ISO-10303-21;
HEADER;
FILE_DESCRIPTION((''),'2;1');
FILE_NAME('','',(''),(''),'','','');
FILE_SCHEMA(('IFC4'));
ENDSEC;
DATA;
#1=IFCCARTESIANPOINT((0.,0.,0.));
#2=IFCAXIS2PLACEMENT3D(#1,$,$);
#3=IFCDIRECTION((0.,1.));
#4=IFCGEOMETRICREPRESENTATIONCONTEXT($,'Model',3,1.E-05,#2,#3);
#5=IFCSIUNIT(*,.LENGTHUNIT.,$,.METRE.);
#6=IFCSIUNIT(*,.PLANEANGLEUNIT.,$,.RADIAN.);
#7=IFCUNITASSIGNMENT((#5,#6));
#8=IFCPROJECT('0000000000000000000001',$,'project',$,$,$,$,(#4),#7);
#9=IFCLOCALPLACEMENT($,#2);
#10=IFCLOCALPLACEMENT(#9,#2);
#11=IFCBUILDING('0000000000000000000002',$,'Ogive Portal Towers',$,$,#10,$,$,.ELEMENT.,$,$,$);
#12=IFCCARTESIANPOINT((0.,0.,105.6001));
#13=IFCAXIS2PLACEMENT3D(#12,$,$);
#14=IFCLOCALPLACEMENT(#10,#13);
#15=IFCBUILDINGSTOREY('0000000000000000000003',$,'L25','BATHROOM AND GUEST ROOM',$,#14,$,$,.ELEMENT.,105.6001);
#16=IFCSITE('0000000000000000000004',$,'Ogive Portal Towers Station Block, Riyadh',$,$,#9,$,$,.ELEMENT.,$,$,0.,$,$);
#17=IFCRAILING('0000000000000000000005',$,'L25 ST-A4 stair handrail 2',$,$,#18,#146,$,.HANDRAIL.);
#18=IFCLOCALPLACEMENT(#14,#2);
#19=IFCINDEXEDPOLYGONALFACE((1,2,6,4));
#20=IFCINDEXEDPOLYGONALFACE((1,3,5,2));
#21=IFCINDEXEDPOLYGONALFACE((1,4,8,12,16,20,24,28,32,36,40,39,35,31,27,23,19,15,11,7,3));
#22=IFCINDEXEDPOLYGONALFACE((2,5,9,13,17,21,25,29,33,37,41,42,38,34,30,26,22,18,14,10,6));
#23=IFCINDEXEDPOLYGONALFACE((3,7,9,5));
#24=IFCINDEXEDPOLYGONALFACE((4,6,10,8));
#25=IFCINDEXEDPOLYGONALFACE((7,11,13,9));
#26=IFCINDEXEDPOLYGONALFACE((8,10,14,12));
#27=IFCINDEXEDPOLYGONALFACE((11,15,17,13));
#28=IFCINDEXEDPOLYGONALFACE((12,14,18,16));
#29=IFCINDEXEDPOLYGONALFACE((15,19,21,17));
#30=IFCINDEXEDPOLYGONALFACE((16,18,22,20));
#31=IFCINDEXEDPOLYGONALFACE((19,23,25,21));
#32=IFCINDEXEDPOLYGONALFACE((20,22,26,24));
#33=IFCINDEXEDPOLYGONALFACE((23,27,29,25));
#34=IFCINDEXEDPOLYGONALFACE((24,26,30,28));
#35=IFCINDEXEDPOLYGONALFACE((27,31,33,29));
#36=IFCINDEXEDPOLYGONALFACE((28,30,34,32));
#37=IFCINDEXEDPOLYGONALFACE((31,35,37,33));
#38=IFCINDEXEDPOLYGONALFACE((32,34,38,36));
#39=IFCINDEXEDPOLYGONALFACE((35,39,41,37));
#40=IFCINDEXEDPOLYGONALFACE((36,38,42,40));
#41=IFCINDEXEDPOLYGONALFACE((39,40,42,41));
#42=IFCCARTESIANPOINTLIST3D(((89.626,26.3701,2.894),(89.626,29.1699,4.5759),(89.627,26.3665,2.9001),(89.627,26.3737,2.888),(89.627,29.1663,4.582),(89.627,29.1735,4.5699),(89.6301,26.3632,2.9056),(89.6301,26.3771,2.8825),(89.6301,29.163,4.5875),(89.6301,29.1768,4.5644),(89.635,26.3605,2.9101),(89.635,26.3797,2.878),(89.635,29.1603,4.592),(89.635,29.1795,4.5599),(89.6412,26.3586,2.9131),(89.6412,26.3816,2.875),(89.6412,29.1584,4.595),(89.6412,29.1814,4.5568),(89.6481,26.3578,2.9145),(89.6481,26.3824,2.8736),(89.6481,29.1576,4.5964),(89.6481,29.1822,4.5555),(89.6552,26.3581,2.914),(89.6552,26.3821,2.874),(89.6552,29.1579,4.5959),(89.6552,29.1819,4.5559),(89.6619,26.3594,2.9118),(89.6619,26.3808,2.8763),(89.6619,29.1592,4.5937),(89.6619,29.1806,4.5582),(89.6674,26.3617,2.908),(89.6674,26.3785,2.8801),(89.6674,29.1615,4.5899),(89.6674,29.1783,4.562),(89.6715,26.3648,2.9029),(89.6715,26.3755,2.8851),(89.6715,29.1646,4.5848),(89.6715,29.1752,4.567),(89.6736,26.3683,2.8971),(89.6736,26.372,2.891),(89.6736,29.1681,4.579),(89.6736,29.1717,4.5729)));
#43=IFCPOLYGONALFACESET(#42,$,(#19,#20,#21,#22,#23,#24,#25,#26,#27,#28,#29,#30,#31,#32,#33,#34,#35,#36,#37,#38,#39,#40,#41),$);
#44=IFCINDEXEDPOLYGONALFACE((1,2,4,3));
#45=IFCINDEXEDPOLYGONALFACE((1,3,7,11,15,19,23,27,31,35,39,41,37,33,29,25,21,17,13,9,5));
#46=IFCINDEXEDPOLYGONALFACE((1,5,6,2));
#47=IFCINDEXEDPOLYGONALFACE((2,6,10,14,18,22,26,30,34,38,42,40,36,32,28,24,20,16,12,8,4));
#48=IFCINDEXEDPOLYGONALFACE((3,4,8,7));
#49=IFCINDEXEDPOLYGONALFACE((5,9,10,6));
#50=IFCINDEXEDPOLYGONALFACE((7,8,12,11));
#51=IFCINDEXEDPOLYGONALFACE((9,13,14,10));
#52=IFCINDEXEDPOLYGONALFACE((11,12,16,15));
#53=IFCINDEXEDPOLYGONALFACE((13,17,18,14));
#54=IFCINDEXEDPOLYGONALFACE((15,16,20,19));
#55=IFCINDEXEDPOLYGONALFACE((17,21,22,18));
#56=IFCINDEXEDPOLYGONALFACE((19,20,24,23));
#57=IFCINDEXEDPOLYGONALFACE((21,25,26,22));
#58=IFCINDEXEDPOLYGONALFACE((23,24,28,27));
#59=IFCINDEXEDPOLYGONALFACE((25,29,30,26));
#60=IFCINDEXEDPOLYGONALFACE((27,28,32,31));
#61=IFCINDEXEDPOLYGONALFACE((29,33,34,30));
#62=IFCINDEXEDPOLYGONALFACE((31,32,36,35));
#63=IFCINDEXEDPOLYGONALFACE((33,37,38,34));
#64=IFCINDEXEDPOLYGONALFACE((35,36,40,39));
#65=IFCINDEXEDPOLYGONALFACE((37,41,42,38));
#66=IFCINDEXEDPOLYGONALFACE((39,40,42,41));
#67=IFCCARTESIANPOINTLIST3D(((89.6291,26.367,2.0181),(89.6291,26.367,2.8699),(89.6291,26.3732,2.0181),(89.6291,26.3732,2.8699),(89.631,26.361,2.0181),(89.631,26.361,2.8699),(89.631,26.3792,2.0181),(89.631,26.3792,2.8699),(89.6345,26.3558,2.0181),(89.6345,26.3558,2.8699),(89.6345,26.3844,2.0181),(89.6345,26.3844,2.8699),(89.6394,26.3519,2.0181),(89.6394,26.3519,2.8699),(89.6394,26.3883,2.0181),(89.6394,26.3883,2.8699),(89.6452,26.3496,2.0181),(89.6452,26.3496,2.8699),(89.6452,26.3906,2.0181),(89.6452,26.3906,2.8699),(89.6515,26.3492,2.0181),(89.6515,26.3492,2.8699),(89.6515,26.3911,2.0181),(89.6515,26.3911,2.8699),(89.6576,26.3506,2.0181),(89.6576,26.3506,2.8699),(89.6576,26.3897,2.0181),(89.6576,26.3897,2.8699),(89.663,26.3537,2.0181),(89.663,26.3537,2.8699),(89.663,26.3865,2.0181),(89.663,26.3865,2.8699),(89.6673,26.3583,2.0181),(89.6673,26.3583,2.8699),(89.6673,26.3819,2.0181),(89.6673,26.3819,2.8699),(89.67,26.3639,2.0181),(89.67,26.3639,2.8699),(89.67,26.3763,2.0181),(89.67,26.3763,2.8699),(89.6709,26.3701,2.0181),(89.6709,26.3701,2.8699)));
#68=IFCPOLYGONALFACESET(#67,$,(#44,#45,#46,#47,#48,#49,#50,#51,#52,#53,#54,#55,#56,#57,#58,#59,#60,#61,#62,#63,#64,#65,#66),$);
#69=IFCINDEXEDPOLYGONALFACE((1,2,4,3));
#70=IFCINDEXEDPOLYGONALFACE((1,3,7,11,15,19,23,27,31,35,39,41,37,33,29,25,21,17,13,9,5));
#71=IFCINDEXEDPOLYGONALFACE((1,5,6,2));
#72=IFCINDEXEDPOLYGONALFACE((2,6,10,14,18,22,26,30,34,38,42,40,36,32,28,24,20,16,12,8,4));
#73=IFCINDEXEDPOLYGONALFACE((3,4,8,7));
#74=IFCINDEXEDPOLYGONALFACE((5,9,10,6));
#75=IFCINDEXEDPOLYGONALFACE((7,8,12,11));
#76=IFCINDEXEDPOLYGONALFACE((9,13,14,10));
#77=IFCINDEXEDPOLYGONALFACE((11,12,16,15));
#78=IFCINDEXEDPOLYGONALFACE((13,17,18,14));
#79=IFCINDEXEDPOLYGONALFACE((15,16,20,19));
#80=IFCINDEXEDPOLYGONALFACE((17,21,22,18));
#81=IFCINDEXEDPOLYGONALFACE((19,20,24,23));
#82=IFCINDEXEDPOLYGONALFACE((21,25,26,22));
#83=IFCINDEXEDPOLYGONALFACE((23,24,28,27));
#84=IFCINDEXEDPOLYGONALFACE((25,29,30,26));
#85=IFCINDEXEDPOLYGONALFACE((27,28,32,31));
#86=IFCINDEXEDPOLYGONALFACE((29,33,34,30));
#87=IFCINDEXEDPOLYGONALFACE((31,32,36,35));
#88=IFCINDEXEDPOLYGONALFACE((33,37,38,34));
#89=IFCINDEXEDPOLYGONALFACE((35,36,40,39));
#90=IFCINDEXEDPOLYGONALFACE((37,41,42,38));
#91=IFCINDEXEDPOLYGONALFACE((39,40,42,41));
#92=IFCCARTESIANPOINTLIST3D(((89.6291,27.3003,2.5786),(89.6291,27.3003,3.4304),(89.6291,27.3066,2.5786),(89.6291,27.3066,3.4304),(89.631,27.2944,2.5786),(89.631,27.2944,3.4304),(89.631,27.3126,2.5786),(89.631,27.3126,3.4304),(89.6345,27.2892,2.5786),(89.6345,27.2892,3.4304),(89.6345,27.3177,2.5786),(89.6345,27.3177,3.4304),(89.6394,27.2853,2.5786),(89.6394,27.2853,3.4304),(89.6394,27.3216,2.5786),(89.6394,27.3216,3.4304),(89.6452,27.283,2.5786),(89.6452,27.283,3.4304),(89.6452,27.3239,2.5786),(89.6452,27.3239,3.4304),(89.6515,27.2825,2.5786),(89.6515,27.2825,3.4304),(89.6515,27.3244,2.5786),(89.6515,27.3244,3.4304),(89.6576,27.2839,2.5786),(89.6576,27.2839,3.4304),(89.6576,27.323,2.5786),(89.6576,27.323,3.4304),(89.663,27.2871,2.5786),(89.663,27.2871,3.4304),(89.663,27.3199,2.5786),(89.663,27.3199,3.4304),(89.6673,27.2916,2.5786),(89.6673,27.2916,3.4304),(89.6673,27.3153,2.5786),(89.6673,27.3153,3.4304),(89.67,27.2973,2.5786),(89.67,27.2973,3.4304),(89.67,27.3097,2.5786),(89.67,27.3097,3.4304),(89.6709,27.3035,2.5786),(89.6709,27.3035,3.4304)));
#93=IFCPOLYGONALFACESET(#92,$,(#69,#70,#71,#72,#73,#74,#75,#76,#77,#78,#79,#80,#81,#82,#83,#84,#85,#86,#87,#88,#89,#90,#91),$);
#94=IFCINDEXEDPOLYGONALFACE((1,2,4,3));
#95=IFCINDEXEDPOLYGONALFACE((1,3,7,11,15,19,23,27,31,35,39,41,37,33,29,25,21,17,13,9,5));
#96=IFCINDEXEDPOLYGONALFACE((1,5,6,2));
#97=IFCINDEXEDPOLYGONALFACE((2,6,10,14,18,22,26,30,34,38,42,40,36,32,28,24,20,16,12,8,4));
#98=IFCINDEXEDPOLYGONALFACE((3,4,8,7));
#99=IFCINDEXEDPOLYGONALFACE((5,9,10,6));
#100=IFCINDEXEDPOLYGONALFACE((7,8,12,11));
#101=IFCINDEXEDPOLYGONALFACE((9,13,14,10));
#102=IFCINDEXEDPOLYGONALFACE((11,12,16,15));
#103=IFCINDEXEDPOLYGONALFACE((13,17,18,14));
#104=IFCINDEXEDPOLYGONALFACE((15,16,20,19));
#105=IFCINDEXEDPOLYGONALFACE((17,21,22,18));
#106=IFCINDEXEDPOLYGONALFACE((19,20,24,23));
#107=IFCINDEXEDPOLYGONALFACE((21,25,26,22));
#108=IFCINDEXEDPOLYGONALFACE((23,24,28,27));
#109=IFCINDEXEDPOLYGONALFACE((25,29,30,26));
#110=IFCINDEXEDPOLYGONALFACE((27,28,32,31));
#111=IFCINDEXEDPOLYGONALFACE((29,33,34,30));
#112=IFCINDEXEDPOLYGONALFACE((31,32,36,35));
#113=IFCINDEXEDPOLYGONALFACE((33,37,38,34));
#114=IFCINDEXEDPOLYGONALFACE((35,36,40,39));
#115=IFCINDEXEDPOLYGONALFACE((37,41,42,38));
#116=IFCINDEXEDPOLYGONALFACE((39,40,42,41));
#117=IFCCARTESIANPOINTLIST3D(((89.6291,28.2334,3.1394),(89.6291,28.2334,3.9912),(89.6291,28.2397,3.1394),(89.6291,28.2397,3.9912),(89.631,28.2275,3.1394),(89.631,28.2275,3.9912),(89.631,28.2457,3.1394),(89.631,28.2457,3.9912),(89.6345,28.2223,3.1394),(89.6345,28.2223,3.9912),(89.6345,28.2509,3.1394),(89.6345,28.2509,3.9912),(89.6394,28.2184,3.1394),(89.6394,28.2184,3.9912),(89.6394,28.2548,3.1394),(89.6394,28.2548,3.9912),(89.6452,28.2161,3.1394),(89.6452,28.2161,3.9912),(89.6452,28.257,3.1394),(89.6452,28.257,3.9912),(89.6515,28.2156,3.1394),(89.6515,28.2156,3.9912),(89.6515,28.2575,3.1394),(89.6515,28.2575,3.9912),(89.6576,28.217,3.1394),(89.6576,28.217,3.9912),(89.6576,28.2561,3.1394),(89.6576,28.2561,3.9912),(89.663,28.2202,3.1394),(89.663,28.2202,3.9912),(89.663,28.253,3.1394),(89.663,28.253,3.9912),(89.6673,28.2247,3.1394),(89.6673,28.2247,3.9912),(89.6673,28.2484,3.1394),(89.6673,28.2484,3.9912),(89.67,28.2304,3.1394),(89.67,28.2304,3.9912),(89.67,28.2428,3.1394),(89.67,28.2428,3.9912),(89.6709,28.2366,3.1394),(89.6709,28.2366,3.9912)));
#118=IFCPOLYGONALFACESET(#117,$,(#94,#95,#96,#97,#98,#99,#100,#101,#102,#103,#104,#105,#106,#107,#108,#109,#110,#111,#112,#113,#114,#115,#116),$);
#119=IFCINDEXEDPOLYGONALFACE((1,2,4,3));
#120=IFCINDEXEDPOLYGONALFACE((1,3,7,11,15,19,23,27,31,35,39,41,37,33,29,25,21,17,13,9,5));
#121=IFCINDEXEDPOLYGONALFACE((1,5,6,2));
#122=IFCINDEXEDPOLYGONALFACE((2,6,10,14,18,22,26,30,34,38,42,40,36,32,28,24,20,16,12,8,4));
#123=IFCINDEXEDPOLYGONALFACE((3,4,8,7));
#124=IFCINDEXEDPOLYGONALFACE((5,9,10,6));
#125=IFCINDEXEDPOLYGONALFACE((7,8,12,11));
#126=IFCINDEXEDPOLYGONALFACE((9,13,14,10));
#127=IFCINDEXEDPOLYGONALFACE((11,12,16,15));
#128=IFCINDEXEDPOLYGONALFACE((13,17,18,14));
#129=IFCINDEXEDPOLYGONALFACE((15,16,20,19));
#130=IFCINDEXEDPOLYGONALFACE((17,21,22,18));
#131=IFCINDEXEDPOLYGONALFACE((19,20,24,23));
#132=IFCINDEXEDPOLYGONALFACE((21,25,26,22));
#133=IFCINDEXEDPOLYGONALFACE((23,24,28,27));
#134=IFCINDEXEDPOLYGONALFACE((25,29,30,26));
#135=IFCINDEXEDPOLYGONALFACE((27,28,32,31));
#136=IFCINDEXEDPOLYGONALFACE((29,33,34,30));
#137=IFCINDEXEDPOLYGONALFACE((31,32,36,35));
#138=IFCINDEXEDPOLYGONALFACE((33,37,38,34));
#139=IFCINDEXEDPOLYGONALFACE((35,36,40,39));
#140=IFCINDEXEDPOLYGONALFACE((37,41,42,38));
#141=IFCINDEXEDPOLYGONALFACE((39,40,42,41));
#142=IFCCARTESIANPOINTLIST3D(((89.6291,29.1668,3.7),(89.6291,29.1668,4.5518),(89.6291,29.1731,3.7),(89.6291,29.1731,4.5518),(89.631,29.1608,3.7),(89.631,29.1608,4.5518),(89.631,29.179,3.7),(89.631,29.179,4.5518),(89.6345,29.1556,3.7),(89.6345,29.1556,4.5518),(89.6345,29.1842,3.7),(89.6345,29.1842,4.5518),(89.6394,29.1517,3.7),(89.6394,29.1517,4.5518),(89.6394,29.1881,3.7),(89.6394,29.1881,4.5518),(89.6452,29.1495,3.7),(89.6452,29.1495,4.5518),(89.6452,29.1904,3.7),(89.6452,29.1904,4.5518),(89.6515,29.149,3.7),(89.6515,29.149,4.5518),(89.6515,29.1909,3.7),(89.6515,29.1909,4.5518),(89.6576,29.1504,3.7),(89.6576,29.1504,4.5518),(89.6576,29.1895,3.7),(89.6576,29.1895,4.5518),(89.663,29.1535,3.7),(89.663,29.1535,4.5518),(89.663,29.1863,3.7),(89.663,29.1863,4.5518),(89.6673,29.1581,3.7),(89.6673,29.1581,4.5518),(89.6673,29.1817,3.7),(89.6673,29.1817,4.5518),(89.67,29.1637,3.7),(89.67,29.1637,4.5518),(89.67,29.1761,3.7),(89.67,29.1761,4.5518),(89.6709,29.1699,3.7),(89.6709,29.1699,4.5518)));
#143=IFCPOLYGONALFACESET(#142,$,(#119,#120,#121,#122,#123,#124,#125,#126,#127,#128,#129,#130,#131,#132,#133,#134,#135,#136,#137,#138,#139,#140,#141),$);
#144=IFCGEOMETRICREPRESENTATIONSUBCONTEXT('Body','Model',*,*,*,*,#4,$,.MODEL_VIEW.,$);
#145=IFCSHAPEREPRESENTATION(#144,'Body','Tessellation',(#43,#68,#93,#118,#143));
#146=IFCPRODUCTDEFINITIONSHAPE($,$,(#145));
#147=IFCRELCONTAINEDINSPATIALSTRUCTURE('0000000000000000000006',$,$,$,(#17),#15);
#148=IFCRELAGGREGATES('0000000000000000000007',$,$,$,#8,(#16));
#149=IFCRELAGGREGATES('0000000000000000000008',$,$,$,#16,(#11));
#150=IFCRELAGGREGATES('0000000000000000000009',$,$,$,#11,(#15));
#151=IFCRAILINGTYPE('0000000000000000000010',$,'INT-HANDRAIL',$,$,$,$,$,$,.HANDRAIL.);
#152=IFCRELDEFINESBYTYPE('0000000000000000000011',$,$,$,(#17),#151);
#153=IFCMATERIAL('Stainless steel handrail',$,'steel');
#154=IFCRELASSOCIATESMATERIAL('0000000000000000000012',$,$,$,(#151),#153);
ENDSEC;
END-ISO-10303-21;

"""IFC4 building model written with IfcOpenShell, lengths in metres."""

from ifc_helpers import new_model, si_unit, direction, frame, origin, origin_2d, place, context, subcontext, project, spatial, circle, extrude, material, type_object, element, save


model = new_model("IFC4")

# Units and contexts
model_context = context("Model", 3, precision=1e-05, world=origin(), true_north=direction((0.0, 1.0)))
body_context = subcontext(model_context, "Body", "Model", "MODEL_VIEW")
ifc_project = project(units=[si_unit("LENGTHUNIT", "METRE"), si_unit("PLANEANGLEUNIT", "RADIAN")], contexts=[model_context])

# Site, building, storey
site_placement = place(None, origin())
site = spatial("IfcSite", under=ifc_project, at=site_placement, Name="Ogive Portal Towers Station Block, Riyadh", CompositionType="ELEMENT", RefElevation=0.0)
building_placement = place(site_placement, origin())
building = spatial("IfcBuilding", under=site, at=building_placement, Name="Ogive Portal Towers", CompositionType="ELEMENT")
storey_placement = place(building_placement, frame((0.0, 0.0, 105.6001)))
storey = spatial("IfcBuildingStorey", under=building, at=storey_placement, Name="L25", Description="BATHROOM AND GUEST ROOM", CompositionType="ELEMENT", Elevation=105.6001)

# Railing
ifc_material_1 = material(Name="Stainless steel handrail", Category="steel")
railing_type_1 = type_object("IfcRailingType", Name="INT-HANDRAIL", PredefinedType="HANDRAIL", material=ifc_material_1)
railing_1_placement = place(storey_placement, frame((89.6499, 26.3701, 2.0181)))
element("IfcRailing", 1, at=railing_1_placement, inside=storey, type_object=railing_type_1, Name="L25 ST-A4 stair handrail 2", PredefinedType="HANDRAIL", context=body_context, shape_type="SweptSolid", body=[
    extrude(circle(Radius=0.0239, at=origin_2d()), frame((0.0, 0.0, 0.876), z_axis=(0.0, 0.857222, 0.514946), x_axis=(-1.0, 0.0, 0.0)), (0.0, 0.0, 1.0), 3.2661),
    extrude(circle(Radius=0.021, at=origin_2d()), origin(), (0.0, 0.0, 1.0), 0.8518),
    extrude(circle(Radius=0.021, at=origin_2d()), frame((0.0, 0.9333, 0.5605)), (0.0, 0.0, 1.0), 0.8518),
    extrude(circle(Radius=0.021, at=origin_2d()), frame((0.0, 1.8665, 1.1213)), (0.0, 0.0, 1.0), 0.8518),
    extrude(circle(Radius=0.021, at=origin_2d()), frame((0.0, 2.7998, 1.6819)), (0.0, 0.0, 1.0), 0.8518),
])

save(model, "model.ifc")
